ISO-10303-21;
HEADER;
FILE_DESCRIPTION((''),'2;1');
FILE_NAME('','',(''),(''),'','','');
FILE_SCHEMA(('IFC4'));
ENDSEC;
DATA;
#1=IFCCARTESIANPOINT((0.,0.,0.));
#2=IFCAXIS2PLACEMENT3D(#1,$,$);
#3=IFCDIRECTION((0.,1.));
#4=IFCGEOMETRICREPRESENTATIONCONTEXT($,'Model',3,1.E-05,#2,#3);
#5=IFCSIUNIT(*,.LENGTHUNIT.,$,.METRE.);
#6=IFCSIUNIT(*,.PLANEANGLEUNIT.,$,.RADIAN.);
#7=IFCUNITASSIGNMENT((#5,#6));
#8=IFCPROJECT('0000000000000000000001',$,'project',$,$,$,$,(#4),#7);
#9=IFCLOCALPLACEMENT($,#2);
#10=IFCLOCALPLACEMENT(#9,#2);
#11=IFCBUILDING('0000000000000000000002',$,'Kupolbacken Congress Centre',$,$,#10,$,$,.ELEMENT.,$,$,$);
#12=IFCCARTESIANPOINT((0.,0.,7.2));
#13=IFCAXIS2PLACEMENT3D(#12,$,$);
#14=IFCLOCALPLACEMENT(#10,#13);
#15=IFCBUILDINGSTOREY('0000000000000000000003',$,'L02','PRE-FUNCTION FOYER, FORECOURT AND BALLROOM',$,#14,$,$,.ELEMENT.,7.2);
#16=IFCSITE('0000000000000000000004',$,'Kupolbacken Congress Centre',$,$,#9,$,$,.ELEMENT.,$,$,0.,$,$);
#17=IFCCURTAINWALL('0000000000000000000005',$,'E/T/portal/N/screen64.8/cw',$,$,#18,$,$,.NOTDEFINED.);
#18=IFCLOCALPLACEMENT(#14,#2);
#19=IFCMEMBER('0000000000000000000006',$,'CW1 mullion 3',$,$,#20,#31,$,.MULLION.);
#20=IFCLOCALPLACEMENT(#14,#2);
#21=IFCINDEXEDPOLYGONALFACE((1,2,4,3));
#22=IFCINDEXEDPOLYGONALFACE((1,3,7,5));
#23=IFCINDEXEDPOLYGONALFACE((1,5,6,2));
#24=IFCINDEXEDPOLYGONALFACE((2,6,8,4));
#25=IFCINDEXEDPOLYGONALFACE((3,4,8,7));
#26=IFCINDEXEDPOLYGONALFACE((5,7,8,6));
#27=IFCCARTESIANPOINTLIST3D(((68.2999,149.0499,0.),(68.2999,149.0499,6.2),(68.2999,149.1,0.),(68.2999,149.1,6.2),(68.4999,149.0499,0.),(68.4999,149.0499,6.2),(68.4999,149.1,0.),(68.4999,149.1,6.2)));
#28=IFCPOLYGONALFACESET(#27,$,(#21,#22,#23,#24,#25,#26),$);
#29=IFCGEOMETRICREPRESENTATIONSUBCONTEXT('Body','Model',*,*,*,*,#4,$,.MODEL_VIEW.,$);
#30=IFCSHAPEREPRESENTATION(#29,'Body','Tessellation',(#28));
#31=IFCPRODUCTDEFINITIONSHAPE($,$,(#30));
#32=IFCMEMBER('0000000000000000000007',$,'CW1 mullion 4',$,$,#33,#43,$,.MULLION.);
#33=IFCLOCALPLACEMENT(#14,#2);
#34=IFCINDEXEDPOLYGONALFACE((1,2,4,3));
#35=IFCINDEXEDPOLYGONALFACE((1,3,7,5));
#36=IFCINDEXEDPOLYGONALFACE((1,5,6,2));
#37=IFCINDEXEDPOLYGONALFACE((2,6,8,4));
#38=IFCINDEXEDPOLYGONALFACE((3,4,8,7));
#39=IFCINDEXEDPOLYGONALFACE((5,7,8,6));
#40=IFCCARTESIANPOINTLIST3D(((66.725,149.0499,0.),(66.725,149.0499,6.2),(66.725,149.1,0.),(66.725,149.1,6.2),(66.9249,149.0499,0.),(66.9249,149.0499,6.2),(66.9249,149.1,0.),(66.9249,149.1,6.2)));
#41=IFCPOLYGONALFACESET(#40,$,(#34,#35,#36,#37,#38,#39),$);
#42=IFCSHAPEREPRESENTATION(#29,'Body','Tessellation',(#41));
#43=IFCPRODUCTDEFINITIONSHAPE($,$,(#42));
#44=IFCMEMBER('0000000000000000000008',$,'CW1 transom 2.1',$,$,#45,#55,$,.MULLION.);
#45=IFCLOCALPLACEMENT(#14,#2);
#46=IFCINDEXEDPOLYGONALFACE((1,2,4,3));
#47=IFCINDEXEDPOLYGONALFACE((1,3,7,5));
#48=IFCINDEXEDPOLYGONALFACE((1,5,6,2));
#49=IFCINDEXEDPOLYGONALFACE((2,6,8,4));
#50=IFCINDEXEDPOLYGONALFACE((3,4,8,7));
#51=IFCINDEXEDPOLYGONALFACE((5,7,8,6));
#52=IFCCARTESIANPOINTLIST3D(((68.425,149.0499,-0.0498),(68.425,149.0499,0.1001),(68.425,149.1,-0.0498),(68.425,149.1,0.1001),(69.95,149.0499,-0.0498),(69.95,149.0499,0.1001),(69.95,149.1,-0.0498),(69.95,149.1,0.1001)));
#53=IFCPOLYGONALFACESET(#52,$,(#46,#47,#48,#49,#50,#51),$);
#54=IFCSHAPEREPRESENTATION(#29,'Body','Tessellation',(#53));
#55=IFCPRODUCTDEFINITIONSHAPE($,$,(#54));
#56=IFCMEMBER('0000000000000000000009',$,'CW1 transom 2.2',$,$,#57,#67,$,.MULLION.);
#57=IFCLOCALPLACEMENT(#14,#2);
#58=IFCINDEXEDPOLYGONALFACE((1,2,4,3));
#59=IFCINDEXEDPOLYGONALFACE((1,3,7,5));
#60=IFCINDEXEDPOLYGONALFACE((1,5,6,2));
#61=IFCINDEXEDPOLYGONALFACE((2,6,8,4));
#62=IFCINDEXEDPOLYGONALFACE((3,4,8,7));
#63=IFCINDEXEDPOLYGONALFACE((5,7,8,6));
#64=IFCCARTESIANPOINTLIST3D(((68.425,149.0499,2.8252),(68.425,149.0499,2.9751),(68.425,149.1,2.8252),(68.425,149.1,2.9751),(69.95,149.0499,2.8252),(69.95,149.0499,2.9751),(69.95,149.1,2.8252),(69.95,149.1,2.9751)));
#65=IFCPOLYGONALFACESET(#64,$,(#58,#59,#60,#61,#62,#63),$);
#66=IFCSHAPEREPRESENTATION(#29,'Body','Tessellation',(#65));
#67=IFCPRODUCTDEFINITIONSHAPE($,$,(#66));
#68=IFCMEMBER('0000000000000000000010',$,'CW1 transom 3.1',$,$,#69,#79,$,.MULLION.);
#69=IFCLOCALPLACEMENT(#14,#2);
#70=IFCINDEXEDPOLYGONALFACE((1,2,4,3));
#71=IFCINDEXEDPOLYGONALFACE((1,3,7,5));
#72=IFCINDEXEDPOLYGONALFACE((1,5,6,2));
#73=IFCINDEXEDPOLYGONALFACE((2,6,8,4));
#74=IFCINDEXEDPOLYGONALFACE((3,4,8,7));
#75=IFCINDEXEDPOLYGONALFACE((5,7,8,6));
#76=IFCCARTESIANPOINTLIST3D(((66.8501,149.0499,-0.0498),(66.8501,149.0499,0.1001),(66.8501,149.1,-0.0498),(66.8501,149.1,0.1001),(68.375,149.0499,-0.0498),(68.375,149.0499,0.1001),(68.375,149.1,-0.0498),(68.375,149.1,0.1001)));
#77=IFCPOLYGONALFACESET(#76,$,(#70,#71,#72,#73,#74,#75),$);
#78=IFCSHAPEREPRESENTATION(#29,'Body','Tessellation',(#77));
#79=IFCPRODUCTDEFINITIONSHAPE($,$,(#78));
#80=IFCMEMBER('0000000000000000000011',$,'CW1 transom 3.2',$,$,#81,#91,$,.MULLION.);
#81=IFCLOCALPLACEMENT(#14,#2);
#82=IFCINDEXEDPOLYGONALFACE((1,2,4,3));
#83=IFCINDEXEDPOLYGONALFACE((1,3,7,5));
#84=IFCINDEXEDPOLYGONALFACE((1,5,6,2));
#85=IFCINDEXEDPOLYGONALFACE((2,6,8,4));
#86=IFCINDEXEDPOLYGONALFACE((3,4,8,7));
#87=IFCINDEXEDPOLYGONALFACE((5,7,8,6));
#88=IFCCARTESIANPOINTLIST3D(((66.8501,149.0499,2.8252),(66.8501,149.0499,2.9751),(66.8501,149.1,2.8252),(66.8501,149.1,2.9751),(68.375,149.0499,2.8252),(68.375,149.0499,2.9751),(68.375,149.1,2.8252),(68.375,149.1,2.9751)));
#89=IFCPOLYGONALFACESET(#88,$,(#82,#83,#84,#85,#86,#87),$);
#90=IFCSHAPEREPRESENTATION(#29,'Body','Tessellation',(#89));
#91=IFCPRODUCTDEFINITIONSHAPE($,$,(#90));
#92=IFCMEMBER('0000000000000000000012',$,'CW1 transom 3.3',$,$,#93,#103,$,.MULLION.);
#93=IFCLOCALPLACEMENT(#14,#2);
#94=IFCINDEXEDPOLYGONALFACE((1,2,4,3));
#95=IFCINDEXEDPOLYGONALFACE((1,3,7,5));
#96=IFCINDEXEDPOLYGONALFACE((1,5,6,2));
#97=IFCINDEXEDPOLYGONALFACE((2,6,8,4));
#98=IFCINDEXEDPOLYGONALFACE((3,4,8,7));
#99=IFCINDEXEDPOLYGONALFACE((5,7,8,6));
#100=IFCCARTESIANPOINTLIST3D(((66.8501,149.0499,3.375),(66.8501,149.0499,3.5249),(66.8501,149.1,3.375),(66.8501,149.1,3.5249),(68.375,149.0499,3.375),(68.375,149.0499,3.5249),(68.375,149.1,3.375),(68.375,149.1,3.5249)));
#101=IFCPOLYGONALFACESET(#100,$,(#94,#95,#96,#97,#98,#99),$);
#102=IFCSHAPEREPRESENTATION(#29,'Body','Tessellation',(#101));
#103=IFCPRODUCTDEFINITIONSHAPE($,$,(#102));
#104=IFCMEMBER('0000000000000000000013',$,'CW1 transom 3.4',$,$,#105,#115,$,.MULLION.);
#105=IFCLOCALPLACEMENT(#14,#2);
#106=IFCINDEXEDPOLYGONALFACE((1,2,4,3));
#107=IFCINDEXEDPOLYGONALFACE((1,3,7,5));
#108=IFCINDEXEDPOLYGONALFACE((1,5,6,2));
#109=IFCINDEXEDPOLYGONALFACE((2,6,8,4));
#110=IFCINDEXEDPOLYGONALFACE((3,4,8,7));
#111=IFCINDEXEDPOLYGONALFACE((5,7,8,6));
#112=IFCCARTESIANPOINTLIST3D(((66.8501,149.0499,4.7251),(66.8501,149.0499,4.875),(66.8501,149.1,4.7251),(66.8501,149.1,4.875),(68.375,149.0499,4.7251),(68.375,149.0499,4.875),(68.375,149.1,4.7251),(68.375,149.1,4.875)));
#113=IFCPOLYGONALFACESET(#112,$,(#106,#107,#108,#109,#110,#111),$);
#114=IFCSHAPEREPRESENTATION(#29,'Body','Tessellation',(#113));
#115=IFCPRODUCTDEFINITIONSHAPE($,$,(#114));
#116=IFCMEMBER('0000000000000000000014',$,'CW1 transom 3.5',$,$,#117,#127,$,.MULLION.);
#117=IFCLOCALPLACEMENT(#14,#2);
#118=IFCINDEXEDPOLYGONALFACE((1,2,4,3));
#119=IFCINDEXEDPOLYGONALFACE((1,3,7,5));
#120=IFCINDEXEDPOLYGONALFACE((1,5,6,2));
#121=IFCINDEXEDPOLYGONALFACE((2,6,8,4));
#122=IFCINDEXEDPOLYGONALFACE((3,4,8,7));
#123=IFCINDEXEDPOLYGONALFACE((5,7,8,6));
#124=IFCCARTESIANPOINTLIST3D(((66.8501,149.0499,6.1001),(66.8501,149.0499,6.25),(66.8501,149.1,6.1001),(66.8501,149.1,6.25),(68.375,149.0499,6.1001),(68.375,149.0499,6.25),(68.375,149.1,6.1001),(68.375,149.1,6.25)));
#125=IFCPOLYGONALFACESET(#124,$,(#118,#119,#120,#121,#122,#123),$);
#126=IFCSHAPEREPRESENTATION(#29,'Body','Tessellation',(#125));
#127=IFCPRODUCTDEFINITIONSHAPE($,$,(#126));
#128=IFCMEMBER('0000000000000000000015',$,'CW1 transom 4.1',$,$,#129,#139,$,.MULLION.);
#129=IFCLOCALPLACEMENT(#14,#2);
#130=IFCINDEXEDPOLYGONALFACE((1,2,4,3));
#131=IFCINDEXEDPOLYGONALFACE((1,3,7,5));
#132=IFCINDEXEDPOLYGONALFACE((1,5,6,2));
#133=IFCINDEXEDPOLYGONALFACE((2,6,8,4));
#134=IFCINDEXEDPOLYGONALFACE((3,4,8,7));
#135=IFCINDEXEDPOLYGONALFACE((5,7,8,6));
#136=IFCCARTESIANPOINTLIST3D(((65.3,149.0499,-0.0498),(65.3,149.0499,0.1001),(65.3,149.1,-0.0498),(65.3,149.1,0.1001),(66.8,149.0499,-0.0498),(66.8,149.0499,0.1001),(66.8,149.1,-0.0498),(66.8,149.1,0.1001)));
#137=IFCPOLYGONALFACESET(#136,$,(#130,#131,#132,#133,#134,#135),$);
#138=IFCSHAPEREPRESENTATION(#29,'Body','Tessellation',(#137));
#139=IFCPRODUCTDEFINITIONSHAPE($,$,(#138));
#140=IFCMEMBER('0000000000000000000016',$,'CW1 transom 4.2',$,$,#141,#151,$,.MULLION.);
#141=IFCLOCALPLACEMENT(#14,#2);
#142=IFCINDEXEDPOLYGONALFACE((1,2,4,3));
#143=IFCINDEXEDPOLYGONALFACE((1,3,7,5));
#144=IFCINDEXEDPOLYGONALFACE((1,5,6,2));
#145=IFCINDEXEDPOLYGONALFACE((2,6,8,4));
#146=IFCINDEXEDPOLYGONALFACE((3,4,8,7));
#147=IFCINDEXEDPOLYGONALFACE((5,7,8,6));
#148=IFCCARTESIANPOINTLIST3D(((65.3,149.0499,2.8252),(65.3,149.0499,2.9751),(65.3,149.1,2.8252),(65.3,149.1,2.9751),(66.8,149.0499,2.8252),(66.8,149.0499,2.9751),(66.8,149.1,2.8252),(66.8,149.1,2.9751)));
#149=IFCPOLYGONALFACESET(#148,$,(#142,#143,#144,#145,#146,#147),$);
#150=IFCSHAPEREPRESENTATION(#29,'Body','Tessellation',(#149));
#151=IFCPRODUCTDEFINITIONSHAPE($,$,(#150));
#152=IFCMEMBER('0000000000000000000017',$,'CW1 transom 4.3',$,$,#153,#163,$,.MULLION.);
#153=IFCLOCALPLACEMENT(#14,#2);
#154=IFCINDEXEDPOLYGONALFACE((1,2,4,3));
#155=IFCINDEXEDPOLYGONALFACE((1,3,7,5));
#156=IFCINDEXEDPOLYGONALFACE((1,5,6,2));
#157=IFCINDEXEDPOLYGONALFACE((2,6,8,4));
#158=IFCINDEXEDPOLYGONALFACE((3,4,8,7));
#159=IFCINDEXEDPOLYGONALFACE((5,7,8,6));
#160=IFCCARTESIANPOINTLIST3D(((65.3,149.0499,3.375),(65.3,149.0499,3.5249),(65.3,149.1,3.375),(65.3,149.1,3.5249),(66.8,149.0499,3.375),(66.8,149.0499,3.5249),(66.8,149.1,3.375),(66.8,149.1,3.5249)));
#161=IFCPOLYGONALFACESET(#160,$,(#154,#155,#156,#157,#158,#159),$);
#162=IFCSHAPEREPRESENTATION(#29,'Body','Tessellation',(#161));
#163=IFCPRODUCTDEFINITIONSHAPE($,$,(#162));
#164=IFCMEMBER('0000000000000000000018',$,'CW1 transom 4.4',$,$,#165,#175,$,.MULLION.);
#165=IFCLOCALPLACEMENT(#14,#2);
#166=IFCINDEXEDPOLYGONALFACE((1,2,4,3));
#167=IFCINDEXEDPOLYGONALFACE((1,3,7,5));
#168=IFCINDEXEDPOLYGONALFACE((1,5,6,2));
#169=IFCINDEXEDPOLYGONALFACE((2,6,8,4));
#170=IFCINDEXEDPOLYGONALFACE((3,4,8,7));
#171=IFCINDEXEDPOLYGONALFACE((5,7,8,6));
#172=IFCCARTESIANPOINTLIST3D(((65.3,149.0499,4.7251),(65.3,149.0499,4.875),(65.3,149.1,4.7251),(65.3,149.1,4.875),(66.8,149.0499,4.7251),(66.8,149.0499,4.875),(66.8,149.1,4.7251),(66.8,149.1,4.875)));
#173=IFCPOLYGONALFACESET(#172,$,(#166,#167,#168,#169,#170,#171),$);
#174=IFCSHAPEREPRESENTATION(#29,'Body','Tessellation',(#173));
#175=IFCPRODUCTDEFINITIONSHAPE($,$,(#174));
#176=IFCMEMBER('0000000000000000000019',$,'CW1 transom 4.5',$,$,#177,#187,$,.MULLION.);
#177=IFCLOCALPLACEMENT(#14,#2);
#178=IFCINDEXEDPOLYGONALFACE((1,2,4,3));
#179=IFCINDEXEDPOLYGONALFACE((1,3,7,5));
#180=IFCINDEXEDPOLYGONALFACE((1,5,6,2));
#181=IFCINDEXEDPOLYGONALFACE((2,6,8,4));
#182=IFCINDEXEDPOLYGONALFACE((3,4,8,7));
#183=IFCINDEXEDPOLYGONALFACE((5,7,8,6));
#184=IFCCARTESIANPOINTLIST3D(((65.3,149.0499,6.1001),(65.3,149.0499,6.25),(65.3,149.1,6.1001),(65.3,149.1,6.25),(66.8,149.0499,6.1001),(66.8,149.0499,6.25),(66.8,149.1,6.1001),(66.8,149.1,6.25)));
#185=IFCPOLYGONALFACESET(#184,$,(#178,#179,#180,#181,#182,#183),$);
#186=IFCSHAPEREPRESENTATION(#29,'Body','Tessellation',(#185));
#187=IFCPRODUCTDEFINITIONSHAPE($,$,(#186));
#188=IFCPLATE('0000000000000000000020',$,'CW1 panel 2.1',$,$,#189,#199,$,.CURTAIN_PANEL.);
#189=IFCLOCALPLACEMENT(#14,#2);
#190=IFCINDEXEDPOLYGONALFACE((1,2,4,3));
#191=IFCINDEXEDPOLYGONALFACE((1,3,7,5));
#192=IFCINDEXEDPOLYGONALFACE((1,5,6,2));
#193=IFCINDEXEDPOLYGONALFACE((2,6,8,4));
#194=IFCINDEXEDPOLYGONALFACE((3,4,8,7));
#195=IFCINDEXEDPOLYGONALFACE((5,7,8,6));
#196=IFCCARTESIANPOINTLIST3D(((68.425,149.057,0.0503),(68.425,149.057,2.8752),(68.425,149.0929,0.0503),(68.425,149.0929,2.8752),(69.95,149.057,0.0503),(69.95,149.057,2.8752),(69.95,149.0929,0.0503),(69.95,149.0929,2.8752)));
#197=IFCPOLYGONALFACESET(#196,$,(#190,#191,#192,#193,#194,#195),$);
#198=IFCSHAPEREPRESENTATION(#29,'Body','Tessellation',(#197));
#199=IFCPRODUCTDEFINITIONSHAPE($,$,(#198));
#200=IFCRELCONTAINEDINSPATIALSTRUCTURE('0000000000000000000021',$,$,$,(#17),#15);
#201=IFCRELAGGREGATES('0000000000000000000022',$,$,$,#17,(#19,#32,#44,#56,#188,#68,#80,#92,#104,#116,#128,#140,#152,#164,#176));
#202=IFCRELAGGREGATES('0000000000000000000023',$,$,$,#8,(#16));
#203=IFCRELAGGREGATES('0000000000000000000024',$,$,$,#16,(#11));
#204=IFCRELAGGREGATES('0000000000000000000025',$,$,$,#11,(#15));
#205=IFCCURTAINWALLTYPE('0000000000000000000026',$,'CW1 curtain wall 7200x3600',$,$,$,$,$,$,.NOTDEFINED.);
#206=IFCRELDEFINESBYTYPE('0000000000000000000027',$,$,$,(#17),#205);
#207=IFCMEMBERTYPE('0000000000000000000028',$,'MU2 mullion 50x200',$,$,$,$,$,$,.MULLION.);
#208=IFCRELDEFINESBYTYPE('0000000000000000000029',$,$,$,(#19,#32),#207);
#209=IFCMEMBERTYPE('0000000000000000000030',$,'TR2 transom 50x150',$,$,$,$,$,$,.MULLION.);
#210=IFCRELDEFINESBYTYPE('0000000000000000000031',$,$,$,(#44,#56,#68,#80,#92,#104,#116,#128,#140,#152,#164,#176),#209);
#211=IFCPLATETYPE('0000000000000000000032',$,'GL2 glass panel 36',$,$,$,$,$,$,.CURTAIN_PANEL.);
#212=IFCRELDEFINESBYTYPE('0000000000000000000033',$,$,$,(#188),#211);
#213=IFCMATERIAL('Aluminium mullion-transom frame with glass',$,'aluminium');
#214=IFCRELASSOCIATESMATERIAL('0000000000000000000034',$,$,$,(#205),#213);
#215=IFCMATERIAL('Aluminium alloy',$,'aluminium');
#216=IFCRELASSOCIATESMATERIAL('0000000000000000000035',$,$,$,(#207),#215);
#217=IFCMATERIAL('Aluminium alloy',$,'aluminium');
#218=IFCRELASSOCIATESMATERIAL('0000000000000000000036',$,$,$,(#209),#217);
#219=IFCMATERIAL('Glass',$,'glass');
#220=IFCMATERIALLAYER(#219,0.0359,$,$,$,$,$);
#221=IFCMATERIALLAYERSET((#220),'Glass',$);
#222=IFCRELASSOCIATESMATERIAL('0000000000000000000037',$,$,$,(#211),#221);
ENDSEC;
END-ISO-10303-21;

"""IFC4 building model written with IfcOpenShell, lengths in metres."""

from ifc_helpers import new_model, si_unit, direction, frame, origin, origin_2d, place, context, subcontext, project, spatial, rectangle, extrude, material, layer, layer_set, material_profile, profile_set, type_object, element, aggregate, save


model = new_model("IFC4")

# Units and contexts
model_context = context("Model", 3, precision=1e-05, world=origin(), true_north=direction((0.0, 1.0)))
body_context = subcontext(model_context, "Body", "Model", "MODEL_VIEW")
ifc_project = project(units=[si_unit("LENGTHUNIT", "METRE"), si_unit("PLANEANGLEUNIT", "RADIAN")], contexts=[model_context])

# Site, building, storey
site_placement = place(None, origin())
site = spatial("IfcSite", under=ifc_project, at=site_placement, Name="Kupolbacken Congress Centre", CompositionType="ELEMENT", RefElevation=0.0)
building_placement = place(site_placement, origin())
building = spatial("IfcBuilding", under=site, at=building_placement, Name="Kupolbacken Congress Centre", CompositionType="ELEMENT")
storey_placement = place(building_placement, frame((0.0, 0.0, 7.2)))
storey = spatial("IfcBuildingStorey", under=building, at=storey_placement, Name="L02", Description="PRE-FUNCTION FOYER, FORECOURT AND BALLROOM", CompositionType="ELEMENT", Elevation=7.2)

# Curtain wall, members, plate
ifc_material_1 = material(Name="Aluminium mullion-transom frame with glass", Category="aluminium")
curtain_wall_type = type_object("IfcCurtainWallType", Name="CW1 curtain wall 7200x3600", PredefinedType="NOTDEFINED", material=ifc_material_1)
curtain_wall_placement = place(storey_placement, origin())
curtain_wall = element("IfcCurtainWall", 1, at=curtain_wall_placement, inside=storey, type_object=curtain_wall_type, Name="E/T/portal/N/screen64.8/cw", PredefinedType="NOTDEFINED")
ifc_material_2 = material(Name="Aluminium alloy", Category="aluminium")
ifc_material_profile_1 = material_profile(ifc_material_2, rectangle(XDim=0.05, YDim=0.2, at=origin_2d()), Name="50 x 200")
ifc_profile_set_1 = profile_set([ifc_material_profile_1], Name="Aluminium alloy")
member_type_1 = type_object("IfcMemberType", Name="MU2 mullion 50x200", PredefinedType="MULLION", material=ifc_profile_set_1)
member_1_placement = place(storey_placement, frame((68.3999, 149.075, 0.0), z_axis=(0.0, 0.0, 1.0), x_axis=(0.0, -1.0, 0.0)))
member_1 = element("IfcMember", 2, at=member_1_placement, type_object=member_type_1, Name="CW1 mullion 3", PredefinedType="MULLION", context=body_context, shape_type="SweptSolid", body=[
    extrude(rectangle(XDim=0.05, YDim=0.2, at=origin_2d()), origin(), (0.0, 0.0, 1.0), 6.2),
])
member_2_placement = place(storey_placement, frame((66.825, 149.075, 0.0), z_axis=(0.0, 0.0, 1.0), x_axis=(0.0, -1.0, 0.0)))
member_2 = element("IfcMember", 3, at=member_2_placement, type_object=member_type_1, Name="CW1 mullion 4", PredefinedType="MULLION", context=body_context, shape_type="SweptSolid", body=[
    extrude(rectangle(XDim=0.05, YDim=0.2, at=origin_2d()), origin(), (0.0, 0.0, 1.0), 6.2),
])
ifc_material_3 = material(Name="Aluminium alloy", Category="aluminium")
ifc_material_profile_2 = material_profile(ifc_material_3, rectangle(XDim=0.05, YDim=0.1499, at=origin_2d()), Name="50 x 150")
ifc_profile_set_2 = profile_set([ifc_material_profile_2], Name="Aluminium alloy")
member_type_2 = type_object("IfcMemberType", Name="TR2 transom 50x150", PredefinedType="MULLION", material=ifc_profile_set_2)
member_3_placement = place(storey_placement, frame((69.95, 149.075, 0.0251), z_axis=(-1.0, 0.0, 0.0), x_axis=(0.0, -1.0, 0.0)))
member_3 = element("IfcMember", 4, at=member_3_placement, type_object=member_type_2, Name="CW1 transom 2.1", PredefinedType="MULLION", context=body_context, shape_type="SweptSolid", body=[
    extrude(rectangle(XDim=0.05, YDim=0.1499, at=origin_2d()), origin(), (0.0, 0.0, 1.0), 1.5249),
])
member_4_placement = place(storey_placement, frame((69.95, 149.075, 2.9001), z_axis=(-1.0, 0.0, 0.0), x_axis=(0.0, -1.0, 0.0)))
member_4 = element("IfcMember", 5, at=member_4_placement, type_object=member_type_2, Name="CW1 transom 2.2", PredefinedType="MULLION", context=body_context, shape_type="SweptSolid", body=[
    extrude(rectangle(XDim=0.05, YDim=0.1499, at=origin_2d()), origin(), (0.0, 0.0, 1.0), 1.5249),
])
member_5_placement = place(storey_placement, frame((68.375, 149.075, 0.0251), z_axis=(-1.0, 0.0, 0.0), x_axis=(0.0, -1.0, 0.0)))
member_5 = element("IfcMember", 6, at=member_5_placement, type_object=member_type_2, Name="CW1 transom 3.1", PredefinedType="MULLION", context=body_context, shape_type="SweptSolid", body=[
    extrude(rectangle(XDim=0.05, YDim=0.1499, at=origin_2d()), origin(), (0.0, 0.0, 1.0), 1.5249),
])
member_6_placement = place(storey_placement, frame((68.375, 149.075, 2.9001), z_axis=(-1.0, 0.0, 0.0), x_axis=(0.0, -1.0, 0.0)))
member_6 = element("IfcMember", 7, at=member_6_placement, type_object=member_type_2, Name="CW1 transom 3.2", PredefinedType="MULLION", context=body_context, shape_type="SweptSolid", body=[
    extrude(rectangle(XDim=0.05, YDim=0.1499, at=origin_2d()), origin(), (0.0, 0.0, 1.0), 1.5249),
])
member_7_placement = place(storey_placement, frame((68.375, 149.075, 3.45), z_axis=(-1.0, 0.0, 0.0), x_axis=(0.0, -1.0, 0.0)))
member_7 = element("IfcMember", 8, at=member_7_placement, type_object=member_type_2, Name="CW1 transom 3.3", PredefinedType="MULLION", context=body_context, shape_type="SweptSolid", body=[
    extrude(rectangle(XDim=0.05, YDim=0.1499, at=origin_2d()), origin(), (0.0, 0.0, 1.0), 1.5249),
])
member_8_placement = place(storey_placement, frame((68.375, 149.075, 4.8), z_axis=(-1.0, 0.0, 0.0), x_axis=(0.0, -1.0, 0.0)))
member_8 = element("IfcMember", 9, at=member_8_placement, type_object=member_type_2, Name="CW1 transom 3.4", PredefinedType="MULLION", context=body_context, shape_type="SweptSolid", body=[
    extrude(rectangle(XDim=0.05, YDim=0.1499, at=origin_2d()), origin(), (0.0, 0.0, 1.0), 1.5249),
])
member_9_placement = place(storey_placement, frame((68.375, 149.075, 6.175), z_axis=(-1.0, 0.0, 0.0), x_axis=(0.0, -1.0, 0.0)))
member_9 = element("IfcMember", 10, at=member_9_placement, type_object=member_type_2, Name="CW1 transom 3.5", PredefinedType="MULLION", context=body_context, shape_type="SweptSolid", body=[
    extrude(rectangle(XDim=0.05, YDim=0.1499, at=origin_2d()), origin(), (0.0, 0.0, 1.0), 1.5249),
])
member_10_placement = place(storey_placement, frame((66.8, 149.075, 0.0251), z_axis=(-1.0, 0.0, 0.0), x_axis=(0.0, -1.0, 0.0)))
member_10 = element("IfcMember", 11, at=member_10_placement, type_object=member_type_2, Name="CW1 transom 4.1", PredefinedType="MULLION", context=body_context, shape_type="SweptSolid", body=[
    extrude(rectangle(XDim=0.05, YDim=0.1499, at=origin_2d()), origin(), (0.0, 0.0, 1.0), 1.5),
])
member_11_placement = place(storey_placement, frame((66.8, 149.075, 2.9001), z_axis=(-1.0, 0.0, 0.0), x_axis=(0.0, -1.0, 0.0)))
member_11 = element("IfcMember", 12, at=member_11_placement, type_object=member_type_2, Name="CW1 transom 4.2", PredefinedType="MULLION", context=body_context, shape_type="SweptSolid", body=[
    extrude(rectangle(XDim=0.05, YDim=0.1499, at=origin_2d()), origin(), (0.0, 0.0, 1.0), 1.5),
])
member_12_placement = place(storey_placement, frame((66.8, 149.075, 3.45), z_axis=(-1.0, 0.0, 0.0), x_axis=(0.0, -1.0, 0.0)))
member_12 = element("IfcMember", 13, at=member_12_placement, type_object=member_type_2, Name="CW1 transom 4.3", PredefinedType="MULLION", context=body_context, shape_type="SweptSolid", body=[
    extrude(rectangle(XDim=0.05, YDim=0.1499, at=origin_2d()), origin(), (0.0, 0.0, 1.0), 1.5),
])
member_13_placement = place(storey_placement, frame((66.8, 149.075, 4.8), z_axis=(-1.0, 0.0, 0.0), x_axis=(0.0, -1.0, 0.0)))
member_13 = element("IfcMember", 14, at=member_13_placement, type_object=member_type_2, Name="CW1 transom 4.4", PredefinedType="MULLION", context=body_context, shape_type="SweptSolid", body=[
    extrude(rectangle(XDim=0.05, YDim=0.1499, at=origin_2d()), origin(), (0.0, 0.0, 1.0), 1.5),
])
member_14_placement = place(storey_placement, frame((66.8, 149.075, 6.175), z_axis=(-1.0, 0.0, 0.0), x_axis=(0.0, -1.0, 0.0)))
member_14 = element("IfcMember", 15, at=member_14_placement, type_object=member_type_2, Name="CW1 transom 4.5", PredefinedType="MULLION", context=body_context, shape_type="SweptSolid", body=[
    extrude(rectangle(XDim=0.05, YDim=0.1499, at=origin_2d()), origin(), (0.0, 0.0, 1.0), 1.5),
])
ifc_material_4 = material(Name="Glass", Category="glass")
ifc_layer_1 = layer(ifc_material_4, 0.0359)
ifc_layer_set_1 = layer_set([ifc_layer_1], Name="Glass")
plate_type = type_object("IfcPlateType", Name="GL2 glass panel 36", PredefinedType="CURTAIN_PANEL", material=ifc_layer_set_1)
plate_1_placement = place(storey_placement, frame((69.1875, 149.075, 0.0503), z_axis=(0.0, 0.0, 1.0), x_axis=(-1.0, 0.0, 0.0)))
plate_1 = element("IfcPlate", 16, at=plate_1_placement, type_object=plate_type, Name="CW1 panel 2.1", PredefinedType="CURTAIN_PANEL", context=body_context, shape_type="SweptSolid", body=[
    extrude(rectangle(XDim=1.5249, YDim=0.0359, at=origin_2d()), origin(), (0.0, 0.0, 1.0), 2.825),
])
aggregate(curtain_wall, [member_1, member_2, member_3, member_4, plate_1, member_5, member_6, member_7, member_8, member_9, member_10, member_11, member_12, member_13, member_14])

save(model, "model.ifc")
